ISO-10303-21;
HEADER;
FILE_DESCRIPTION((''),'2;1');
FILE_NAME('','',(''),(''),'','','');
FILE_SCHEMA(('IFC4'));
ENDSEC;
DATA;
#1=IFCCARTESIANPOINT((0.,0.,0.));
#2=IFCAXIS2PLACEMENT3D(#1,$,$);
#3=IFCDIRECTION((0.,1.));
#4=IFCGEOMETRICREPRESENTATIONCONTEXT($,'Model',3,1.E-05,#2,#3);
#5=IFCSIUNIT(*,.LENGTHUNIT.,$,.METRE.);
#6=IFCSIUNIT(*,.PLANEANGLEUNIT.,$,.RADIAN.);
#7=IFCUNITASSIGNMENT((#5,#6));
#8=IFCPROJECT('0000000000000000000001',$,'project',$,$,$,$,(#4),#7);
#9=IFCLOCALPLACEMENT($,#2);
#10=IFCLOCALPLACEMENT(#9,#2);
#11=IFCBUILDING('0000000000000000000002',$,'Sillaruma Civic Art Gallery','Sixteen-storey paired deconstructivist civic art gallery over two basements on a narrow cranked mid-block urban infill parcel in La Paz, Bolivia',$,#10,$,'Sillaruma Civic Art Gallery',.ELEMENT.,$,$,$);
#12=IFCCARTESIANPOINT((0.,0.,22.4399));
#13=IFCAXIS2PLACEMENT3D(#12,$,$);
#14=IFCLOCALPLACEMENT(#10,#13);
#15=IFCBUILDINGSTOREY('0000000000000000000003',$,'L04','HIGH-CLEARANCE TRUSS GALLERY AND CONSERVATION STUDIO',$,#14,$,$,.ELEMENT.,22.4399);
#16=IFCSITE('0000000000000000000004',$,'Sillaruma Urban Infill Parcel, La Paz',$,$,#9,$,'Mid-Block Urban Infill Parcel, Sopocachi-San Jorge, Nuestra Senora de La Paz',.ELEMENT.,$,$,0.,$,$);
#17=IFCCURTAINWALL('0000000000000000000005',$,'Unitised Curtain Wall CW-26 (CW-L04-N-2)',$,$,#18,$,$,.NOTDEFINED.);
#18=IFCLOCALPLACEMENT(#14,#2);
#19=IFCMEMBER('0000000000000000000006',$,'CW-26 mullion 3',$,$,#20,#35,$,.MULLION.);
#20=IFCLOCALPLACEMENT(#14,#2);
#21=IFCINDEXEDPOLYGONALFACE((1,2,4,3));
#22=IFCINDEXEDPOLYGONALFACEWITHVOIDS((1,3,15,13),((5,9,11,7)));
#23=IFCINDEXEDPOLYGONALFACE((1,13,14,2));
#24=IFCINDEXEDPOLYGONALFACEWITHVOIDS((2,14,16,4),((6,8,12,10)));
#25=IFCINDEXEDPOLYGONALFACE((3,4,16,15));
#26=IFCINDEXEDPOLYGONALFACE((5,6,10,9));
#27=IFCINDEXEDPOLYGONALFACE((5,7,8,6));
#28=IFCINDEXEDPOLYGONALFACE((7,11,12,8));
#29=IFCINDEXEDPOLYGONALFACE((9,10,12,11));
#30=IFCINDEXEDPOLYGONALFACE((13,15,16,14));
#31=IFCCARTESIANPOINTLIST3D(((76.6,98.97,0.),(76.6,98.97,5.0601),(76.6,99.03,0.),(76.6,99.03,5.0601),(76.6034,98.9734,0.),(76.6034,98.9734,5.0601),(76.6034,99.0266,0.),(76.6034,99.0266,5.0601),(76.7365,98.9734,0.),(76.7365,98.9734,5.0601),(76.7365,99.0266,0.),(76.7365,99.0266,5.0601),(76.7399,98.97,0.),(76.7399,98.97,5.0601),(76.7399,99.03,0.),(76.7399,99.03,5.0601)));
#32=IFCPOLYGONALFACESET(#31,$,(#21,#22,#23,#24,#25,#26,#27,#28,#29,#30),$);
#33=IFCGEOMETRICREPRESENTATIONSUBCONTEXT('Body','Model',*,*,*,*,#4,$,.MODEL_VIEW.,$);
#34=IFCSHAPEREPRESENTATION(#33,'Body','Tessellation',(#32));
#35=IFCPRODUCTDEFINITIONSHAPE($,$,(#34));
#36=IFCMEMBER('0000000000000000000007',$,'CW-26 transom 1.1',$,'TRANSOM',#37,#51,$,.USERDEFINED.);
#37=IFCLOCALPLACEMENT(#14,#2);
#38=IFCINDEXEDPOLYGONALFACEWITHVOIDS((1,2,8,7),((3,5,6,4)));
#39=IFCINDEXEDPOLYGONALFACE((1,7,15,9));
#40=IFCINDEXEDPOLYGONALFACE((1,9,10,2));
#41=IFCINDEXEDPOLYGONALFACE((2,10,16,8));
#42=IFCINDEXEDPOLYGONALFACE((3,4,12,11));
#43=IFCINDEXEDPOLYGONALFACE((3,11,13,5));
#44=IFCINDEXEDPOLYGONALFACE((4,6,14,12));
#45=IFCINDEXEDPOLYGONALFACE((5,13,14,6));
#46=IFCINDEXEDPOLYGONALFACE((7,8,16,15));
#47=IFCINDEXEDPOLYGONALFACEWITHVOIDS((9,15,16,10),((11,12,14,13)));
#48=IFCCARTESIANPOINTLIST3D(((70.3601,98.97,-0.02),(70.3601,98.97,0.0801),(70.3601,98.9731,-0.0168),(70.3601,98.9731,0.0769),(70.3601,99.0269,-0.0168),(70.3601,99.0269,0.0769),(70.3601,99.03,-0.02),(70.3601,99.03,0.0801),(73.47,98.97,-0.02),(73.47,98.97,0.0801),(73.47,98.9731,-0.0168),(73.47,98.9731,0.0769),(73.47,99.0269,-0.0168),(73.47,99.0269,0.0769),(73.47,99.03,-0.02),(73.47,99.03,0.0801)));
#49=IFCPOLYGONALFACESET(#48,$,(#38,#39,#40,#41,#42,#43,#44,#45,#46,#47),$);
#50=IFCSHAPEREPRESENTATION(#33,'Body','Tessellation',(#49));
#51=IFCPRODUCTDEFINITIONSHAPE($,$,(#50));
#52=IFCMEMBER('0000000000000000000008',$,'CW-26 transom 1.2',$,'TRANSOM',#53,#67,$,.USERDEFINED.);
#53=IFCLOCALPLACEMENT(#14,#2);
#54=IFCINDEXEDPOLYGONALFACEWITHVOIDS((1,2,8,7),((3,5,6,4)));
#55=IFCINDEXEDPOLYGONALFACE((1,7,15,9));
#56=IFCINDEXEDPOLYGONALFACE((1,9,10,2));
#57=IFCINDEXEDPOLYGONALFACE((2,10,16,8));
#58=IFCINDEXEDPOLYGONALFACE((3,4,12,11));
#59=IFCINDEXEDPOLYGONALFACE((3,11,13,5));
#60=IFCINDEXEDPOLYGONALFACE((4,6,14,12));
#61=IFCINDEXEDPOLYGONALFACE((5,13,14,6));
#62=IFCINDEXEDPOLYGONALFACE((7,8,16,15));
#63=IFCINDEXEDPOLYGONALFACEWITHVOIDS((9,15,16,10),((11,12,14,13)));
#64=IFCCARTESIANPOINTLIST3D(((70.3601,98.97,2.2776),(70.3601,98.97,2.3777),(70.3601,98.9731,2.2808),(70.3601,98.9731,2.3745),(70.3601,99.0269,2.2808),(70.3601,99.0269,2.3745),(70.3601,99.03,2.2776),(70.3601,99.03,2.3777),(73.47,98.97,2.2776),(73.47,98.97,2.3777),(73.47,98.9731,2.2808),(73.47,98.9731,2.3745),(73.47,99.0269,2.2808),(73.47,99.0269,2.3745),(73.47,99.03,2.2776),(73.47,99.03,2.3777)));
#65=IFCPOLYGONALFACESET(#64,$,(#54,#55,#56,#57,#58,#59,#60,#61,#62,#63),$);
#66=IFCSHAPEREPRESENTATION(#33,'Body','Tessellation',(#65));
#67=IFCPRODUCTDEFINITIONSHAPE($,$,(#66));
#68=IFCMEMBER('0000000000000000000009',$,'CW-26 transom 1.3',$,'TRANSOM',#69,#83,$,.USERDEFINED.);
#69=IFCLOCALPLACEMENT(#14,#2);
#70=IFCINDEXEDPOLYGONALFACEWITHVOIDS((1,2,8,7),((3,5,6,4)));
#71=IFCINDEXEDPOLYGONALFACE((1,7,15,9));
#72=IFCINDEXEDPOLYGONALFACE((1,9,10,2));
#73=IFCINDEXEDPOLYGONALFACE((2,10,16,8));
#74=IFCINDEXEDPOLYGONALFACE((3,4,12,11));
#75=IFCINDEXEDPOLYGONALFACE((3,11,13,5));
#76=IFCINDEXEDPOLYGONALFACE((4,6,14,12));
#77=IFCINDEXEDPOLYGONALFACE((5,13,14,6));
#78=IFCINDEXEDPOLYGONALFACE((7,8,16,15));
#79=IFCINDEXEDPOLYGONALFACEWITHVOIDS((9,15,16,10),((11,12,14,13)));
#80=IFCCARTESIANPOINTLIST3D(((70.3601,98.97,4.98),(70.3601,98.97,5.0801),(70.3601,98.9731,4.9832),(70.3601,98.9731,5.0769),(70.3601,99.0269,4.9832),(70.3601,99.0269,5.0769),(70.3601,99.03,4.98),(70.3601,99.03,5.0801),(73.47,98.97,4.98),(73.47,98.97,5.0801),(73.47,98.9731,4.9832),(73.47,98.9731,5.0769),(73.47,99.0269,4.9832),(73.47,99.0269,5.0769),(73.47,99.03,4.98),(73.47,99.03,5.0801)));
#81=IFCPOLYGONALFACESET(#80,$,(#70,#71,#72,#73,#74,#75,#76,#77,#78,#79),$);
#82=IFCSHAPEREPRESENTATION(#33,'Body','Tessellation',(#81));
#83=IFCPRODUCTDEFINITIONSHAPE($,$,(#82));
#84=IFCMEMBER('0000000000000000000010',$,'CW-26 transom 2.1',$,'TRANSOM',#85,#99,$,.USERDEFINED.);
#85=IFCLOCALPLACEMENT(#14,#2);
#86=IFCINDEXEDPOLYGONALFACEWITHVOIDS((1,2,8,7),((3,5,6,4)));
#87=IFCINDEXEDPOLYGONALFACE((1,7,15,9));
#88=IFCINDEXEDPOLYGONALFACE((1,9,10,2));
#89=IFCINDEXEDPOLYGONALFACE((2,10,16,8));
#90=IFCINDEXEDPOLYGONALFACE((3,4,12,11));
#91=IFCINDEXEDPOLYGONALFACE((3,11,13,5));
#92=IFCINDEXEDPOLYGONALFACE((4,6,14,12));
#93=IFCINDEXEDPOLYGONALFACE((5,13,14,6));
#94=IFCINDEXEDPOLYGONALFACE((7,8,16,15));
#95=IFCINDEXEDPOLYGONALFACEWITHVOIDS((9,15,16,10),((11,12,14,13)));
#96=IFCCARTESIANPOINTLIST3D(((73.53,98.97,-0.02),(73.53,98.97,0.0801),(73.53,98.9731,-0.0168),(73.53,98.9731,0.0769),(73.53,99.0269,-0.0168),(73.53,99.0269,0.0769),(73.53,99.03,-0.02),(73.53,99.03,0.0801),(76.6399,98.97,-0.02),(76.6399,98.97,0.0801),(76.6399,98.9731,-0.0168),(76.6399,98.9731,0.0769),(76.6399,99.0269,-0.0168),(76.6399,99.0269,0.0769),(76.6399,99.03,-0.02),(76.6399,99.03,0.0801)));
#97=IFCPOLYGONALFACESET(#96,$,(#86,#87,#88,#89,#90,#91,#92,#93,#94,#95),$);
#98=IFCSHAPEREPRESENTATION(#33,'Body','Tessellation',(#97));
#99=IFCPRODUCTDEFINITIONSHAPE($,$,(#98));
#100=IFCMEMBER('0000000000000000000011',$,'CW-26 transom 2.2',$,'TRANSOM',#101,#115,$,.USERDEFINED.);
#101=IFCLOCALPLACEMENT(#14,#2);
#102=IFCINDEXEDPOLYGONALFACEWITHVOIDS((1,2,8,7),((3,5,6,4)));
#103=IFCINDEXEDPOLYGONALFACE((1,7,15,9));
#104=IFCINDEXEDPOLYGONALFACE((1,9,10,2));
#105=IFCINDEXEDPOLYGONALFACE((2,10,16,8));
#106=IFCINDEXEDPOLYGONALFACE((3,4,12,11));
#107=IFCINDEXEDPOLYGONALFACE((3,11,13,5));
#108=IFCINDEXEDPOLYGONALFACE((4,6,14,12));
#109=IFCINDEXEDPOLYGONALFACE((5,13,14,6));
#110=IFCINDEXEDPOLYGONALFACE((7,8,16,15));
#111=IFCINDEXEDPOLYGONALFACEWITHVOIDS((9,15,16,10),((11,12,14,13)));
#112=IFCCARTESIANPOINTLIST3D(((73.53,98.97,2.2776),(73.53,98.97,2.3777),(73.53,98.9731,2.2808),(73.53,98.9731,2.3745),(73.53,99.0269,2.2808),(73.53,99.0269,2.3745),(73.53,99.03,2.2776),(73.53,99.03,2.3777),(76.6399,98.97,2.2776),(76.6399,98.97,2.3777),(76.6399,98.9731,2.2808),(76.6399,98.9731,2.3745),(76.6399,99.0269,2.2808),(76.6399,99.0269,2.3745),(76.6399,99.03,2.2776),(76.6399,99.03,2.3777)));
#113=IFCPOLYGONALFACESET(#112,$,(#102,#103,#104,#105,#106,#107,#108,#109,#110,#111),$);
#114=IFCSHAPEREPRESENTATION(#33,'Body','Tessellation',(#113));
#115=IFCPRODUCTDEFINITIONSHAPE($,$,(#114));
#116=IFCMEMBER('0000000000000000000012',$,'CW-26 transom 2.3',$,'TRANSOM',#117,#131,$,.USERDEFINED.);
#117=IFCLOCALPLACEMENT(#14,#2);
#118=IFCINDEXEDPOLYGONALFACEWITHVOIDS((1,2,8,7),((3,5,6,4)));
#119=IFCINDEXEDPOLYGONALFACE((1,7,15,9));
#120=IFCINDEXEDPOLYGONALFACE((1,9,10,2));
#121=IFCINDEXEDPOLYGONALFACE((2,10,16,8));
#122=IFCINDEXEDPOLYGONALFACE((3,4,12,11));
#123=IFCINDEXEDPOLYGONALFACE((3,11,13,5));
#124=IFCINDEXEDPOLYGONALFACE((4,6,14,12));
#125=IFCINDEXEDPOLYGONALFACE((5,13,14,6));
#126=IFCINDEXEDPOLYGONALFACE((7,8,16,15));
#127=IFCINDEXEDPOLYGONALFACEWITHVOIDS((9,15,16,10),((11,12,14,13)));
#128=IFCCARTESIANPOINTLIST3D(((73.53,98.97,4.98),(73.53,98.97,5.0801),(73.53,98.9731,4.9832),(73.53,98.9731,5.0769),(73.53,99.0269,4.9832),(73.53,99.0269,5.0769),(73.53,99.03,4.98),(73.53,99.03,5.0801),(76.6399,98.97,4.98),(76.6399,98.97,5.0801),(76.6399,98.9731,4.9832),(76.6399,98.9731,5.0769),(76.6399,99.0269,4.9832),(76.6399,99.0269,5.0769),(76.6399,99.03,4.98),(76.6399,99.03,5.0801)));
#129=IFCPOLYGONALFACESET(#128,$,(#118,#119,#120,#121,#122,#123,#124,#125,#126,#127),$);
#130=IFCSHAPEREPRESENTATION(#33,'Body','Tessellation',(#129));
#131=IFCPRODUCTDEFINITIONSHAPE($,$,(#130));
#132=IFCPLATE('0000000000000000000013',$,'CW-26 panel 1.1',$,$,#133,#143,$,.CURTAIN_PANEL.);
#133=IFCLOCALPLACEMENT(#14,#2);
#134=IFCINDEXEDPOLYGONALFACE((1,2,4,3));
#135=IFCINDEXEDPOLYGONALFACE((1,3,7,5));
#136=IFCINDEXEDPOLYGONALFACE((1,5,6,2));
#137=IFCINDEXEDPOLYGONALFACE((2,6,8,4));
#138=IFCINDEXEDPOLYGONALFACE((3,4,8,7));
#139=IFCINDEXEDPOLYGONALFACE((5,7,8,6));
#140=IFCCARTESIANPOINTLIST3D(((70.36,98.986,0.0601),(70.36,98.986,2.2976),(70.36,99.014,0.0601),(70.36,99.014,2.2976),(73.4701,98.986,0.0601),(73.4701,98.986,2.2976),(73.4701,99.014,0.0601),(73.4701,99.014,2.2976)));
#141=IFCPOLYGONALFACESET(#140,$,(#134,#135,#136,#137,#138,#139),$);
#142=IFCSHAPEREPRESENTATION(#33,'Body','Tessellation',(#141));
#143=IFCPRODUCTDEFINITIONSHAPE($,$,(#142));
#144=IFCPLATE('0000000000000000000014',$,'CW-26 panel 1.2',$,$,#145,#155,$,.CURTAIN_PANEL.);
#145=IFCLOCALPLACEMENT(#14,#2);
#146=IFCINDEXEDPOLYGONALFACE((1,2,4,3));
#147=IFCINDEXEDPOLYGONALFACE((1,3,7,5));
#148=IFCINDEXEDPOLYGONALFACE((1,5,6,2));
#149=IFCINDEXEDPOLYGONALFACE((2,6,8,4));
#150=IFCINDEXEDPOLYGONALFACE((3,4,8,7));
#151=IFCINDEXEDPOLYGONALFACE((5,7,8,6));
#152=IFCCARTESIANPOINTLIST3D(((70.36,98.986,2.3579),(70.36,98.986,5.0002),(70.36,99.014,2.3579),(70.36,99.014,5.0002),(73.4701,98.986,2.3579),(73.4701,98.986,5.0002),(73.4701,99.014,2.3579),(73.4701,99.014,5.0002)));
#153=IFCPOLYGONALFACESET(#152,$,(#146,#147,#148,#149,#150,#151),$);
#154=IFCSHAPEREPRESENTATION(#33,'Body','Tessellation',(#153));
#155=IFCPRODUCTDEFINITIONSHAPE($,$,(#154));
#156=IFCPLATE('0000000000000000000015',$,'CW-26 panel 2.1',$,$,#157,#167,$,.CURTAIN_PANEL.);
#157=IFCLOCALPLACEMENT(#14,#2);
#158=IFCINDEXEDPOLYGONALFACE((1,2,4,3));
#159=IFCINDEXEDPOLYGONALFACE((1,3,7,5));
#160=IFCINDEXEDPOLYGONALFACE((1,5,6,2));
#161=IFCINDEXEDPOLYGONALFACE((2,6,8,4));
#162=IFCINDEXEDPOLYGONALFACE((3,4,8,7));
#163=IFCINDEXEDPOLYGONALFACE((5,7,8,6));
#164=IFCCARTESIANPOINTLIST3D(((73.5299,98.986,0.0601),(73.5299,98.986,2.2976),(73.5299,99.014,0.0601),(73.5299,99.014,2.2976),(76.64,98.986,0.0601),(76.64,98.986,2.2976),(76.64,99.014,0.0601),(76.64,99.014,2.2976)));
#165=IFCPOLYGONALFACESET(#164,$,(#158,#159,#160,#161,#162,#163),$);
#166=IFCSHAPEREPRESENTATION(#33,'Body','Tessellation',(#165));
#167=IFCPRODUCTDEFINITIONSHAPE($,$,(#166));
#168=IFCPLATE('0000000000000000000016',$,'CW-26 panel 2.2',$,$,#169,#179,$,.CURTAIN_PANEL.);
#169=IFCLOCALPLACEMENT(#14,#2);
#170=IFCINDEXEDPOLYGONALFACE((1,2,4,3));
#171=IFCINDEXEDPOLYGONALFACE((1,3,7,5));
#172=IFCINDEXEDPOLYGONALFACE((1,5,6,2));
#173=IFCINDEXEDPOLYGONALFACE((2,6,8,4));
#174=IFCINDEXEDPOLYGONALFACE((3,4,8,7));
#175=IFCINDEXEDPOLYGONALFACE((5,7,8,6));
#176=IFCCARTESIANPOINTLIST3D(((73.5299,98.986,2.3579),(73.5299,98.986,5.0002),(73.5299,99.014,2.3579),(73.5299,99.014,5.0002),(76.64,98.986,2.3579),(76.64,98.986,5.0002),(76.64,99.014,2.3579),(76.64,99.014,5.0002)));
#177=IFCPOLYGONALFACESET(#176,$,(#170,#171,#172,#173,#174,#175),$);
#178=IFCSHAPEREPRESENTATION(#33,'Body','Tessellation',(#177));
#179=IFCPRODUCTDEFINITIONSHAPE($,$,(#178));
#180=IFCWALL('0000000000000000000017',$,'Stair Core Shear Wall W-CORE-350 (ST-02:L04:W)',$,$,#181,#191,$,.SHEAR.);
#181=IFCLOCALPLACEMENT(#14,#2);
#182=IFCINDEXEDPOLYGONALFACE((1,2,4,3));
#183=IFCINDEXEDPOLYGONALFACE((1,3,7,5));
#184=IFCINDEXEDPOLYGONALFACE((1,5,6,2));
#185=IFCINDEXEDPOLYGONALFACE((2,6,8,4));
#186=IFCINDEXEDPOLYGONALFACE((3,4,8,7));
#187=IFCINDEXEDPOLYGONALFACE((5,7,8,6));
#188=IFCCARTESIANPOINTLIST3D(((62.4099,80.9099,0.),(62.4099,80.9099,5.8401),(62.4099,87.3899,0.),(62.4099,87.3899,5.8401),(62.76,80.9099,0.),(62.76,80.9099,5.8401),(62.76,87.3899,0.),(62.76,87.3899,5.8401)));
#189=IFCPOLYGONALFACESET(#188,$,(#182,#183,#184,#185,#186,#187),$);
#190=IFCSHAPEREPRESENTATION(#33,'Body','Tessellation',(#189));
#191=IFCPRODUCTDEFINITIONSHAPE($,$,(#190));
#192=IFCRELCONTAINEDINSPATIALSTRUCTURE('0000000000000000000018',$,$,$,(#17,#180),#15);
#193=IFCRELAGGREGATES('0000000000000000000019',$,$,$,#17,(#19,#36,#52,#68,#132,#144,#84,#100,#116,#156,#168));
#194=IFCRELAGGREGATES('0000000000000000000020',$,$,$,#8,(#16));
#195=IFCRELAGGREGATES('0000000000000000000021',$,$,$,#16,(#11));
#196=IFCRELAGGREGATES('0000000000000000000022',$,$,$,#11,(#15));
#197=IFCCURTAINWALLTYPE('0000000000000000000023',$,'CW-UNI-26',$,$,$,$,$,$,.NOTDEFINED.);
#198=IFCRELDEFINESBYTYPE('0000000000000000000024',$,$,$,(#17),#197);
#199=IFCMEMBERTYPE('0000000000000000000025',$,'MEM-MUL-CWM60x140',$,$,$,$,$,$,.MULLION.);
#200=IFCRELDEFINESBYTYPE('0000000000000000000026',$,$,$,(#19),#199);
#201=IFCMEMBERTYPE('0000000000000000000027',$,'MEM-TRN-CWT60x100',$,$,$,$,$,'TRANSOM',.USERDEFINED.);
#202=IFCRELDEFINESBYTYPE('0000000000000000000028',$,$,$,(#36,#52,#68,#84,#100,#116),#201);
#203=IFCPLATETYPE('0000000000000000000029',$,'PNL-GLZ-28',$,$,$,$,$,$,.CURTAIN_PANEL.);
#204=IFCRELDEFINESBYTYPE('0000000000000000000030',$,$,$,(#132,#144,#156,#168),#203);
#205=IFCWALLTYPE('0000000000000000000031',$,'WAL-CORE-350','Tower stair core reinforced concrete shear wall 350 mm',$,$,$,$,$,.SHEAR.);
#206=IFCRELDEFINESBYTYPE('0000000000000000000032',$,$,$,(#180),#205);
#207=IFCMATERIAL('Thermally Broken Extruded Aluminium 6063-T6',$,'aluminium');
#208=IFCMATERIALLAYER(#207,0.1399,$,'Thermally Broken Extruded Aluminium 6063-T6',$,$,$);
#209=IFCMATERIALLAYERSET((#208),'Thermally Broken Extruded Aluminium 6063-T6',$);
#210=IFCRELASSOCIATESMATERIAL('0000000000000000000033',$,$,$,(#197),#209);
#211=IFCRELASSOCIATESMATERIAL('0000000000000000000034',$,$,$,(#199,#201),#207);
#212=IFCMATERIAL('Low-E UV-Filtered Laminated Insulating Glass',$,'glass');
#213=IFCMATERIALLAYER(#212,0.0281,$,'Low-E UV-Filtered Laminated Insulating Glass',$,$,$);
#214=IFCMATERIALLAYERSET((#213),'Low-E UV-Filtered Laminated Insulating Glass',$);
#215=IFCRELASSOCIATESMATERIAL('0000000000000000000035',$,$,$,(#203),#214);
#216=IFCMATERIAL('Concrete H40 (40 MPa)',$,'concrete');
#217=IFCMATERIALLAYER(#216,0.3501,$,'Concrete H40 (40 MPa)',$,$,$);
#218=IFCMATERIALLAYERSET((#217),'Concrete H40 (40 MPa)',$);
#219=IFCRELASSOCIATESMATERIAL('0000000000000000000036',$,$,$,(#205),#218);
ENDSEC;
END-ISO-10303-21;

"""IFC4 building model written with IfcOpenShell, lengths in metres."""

from ifc_helpers import new_model, si_unit, direction, frame, frame_2d, origin, origin_2d, place, context, subcontext, project, spatial, rectangle, hollow_rectangle, extrude, material, layer, layer_set, material_profile, profile_set, type_object, element, aggregate, save


model = new_model("IFC4")

# Units and contexts
model_context = context("Model", 3, precision=1e-05, world=origin(), true_north=direction((0.0, 1.0)))
body_context = subcontext(model_context, "Body", "Model", "MODEL_VIEW")
ifc_project = project(units=[si_unit("LENGTHUNIT", "METRE"), si_unit("PLANEANGLEUNIT", "RADIAN")], contexts=[model_context])

# Site, building, storey
site_placement = place(None, origin())
site = spatial("IfcSite", under=ifc_project, at=site_placement, Name="Sillaruma Urban Infill Parcel, La Paz", LongName="Mid-Block Urban Infill Parcel, Sopocachi-San Jorge, Nuestra Senora de La Paz", CompositionType="ELEMENT", RefElevation=0.0)
building_placement = place(site_placement, origin())
building = spatial("IfcBuilding", under=site, at=building_placement, Name="Sillaruma Civic Art Gallery", Description="Sixteen-storey paired deconstructivist civic art gallery over two basements on a narrow cranked mid-block urban infill parcel in La Paz, Bolivia", LongName="Sillaruma Civic Art Gallery", CompositionType="ELEMENT")
storey_placement = place(building_placement, frame((0.0, 0.0, 22.4399)))
storey = spatial("IfcBuildingStorey", under=building, at=storey_placement, Name="L04", Description="HIGH-CLEARANCE TRUSS GALLERY AND CONSERVATION STUDIO", CompositionType="ELEMENT", Elevation=22.4399)

# Shared definitions
ifc_material_1 = material(Name="Concrete H40 (40 MPa)", Category="concrete")

# Curtain wall, members, plates
ifc_material_2 = material(Name="Thermally Broken Extruded Aluminium 6063-T6", Category="aluminium")
ifc_layer_1 = layer(ifc_material_2, 0.1399, Name="Thermally Broken Extruded Aluminium 6063-T6")
ifc_layer_set_1 = layer_set([ifc_layer_1], Name="Thermally Broken Extruded Aluminium 6063-T6")
curtain_wall_type = type_object("IfcCurtainWallType", Name="CW-UNI-26", PredefinedType="NOTDEFINED", material=ifc_layer_set_1)
curtain_wall_placement = place(storey_placement, origin())
curtain_wall = element("IfcCurtainWall", 1, at=curtain_wall_placement, inside=storey, type_object=curtain_wall_type, Name="Unitised Curtain Wall CW-26 (CW-L04-N-2)", PredefinedType="NOTDEFINED")
ifc_material_profile_1 = material_profile(ifc_material_2, hollow_rectangle(XDim=0.0601, YDim=0.1399, WallThickness=0.0034, at=origin_2d()), Name="CWM60x140")
ifc_profile_set_1 = profile_set([ifc_material_profile_1], Name="Thermally Broken Extruded Aluminium 6063-T6")
member_type_1 = type_object("IfcMemberType", Name="MEM-MUL-CWM60x140", PredefinedType="MULLION", material=ifc_profile_set_1)
member_1_placement = place(storey_placement, frame((76.6699, 99.0, 0.0), z_axis=(0.0, 0.0, 1.0), x_axis=(0.0, 1.0, 0.0)))
member_1 = element("IfcMember", 2, at=member_1_placement, type_object=member_type_1, Name="CW-26 mullion 3", PredefinedType="MULLION", context=body_context, shape_type="SweptSolid", body=[
    extrude(hollow_rectangle(XDim=0.0601, YDim=0.1399, WallThickness=0.0034, at=origin_2d()), origin(), (0.0, 0.0, 1.0), 5.0601),
])
ifc_material_profile_2 = material_profile(ifc_material_2, hollow_rectangle(XDim=0.0601, YDim=0.1001, WallThickness=0.0032, at=origin_2d()), Name="CWT60x100")
ifc_profile_set_2 = profile_set([ifc_material_profile_2], Name="Thermally Broken Extruded Aluminium 6063-T6")
member_type_2 = type_object("IfcMemberType", Name="MEM-TRN-CWT60x100", ElementType="TRANSOM", PredefinedType="USERDEFINED", material=ifc_profile_set_2)
member_2_placement = place(storey_placement, frame((70.3601, 99.0, 0.03), z_axis=(1.0, 0.0, 0.0), x_axis=(0.0, 1.0, 0.0)))
member_2 = element("IfcMember", 3, at=member_2_placement, type_object=member_type_2, Name="CW-26 transom 1.1", ObjectType="TRANSOM", PredefinedType="USERDEFINED", context=body_context, shape_type="SweptSolid", body=[
    extrude(hollow_rectangle(XDim=0.0601, YDim=0.1001, WallThickness=0.0032, at=origin_2d()), origin(), (0.0, 0.0, 1.0), 3.1099),
])
member_3_placement = place(storey_placement, frame((70.3601, 99.0, 2.3276), z_axis=(1.0, 0.0, 0.0), x_axis=(0.0, 1.0, 0.0)))
member_3 = element("IfcMember", 4, at=member_3_placement, type_object=member_type_2, Name="CW-26 transom 1.2", ObjectType="TRANSOM", PredefinedType="USERDEFINED", context=body_context, shape_type="SweptSolid", body=[
    extrude(hollow_rectangle(XDim=0.0601, YDim=0.1001, WallThickness=0.0032, at=origin_2d()), origin(), (0.0, 0.0, 1.0), 3.1099),
])
member_4_placement = place(storey_placement, frame((70.3601, 99.0, 5.03), z_axis=(1.0, 0.0, 0.0), x_axis=(0.0, 1.0, 0.0)))
member_4 = element("IfcMember", 5, at=member_4_placement, type_object=member_type_2, Name="CW-26 transom 1.3", ObjectType="TRANSOM", PredefinedType="USERDEFINED", context=body_context, shape_type="SweptSolid", body=[
    extrude(hollow_rectangle(XDim=0.0601, YDim=0.1001, WallThickness=0.0032, at=origin_2d()), origin(), (0.0, 0.0, 1.0), 3.1099),
])
member_5_placement = place(storey_placement, frame((73.53, 99.0, 0.03), z_axis=(1.0, 0.0, 0.0), x_axis=(0.0, 1.0, 0.0)))
member_5 = element("IfcMember", 6, at=member_5_placement, type_object=member_type_2, Name="CW-26 transom 2.1", ObjectType="TRANSOM", PredefinedType="USERDEFINED", context=body_context, shape_type="SweptSolid", body=[
    extrude(hollow_rectangle(XDim=0.0601, YDim=0.1001, WallThickness=0.0032, at=origin_2d()), origin(), (0.0, 0.0, 1.0), 3.1099),
])
member_6_placement = place(storey_placement, frame((73.53, 99.0, 2.3276), z_axis=(1.0, 0.0, 0.0), x_axis=(0.0, 1.0, 0.0)))
member_6 = element("IfcMember", 7, at=member_6_placement, type_object=member_type_2, Name="CW-26 transom 2.2", ObjectType="TRANSOM", PredefinedType="USERDEFINED", context=body_context, shape_type="SweptSolid", body=[
    extrude(hollow_rectangle(XDim=0.0601, YDim=0.1001, WallThickness=0.0032, at=origin_2d()), origin(), (0.0, 0.0, 1.0), 3.1099),
])
member_7_placement = place(storey_placement, frame((73.53, 99.0, 5.03), z_axis=(1.0, 0.0, 0.0), x_axis=(0.0, 1.0, 0.0)))
member_7 = element("IfcMember", 8, at=member_7_placement, type_object=member_type_2, Name="CW-26 transom 2.3", ObjectType="TRANSOM", PredefinedType="USERDEFINED", context=body_context, shape_type="SweptSolid", body=[
    extrude(hollow_rectangle(XDim=0.0601, YDim=0.1001, WallThickness=0.0032, at=origin_2d()), origin(), (0.0, 0.0, 1.0), 3.1099),
])
ifc_material_3 = material(Name="Low-E UV-Filtered Laminated Insulating Glass", Category="glass")
ifc_layer_2 = layer(ifc_material_3, 0.0281, Name="Low-E UV-Filtered Laminated Insulating Glass")
ifc_layer_set_2 = layer_set([ifc_layer_2], Name="Low-E UV-Filtered Laminated Insulating Glass")
plate_type = type_object("IfcPlateType", Name="PNL-GLZ-28", PredefinedType="CURTAIN_PANEL", material=ifc_layer_set_2)
plate_1_placement = place(storey_placement, frame((71.915, 99.0, 0.0601), z_axis=(0.0, 0.0, 1.0), x_axis=(1.0, 0.0, 0.0)))
plate_1 = element("IfcPlate", 9, at=plate_1_placement, type_object=plate_type, Name="CW-26 panel 1.1", PredefinedType="CURTAIN_PANEL", context=body_context, shape_type="SweptSolid", body=[
    extrude(rectangle(XDim=3.1101, YDim=0.0281, at=origin_2d()), origin(), (0.0, 0.0, 1.0), 2.2375),
])
plate_2_placement = place(storey_placement, frame((71.915, 99.0, 2.3579), z_axis=(0.0, 0.0, 1.0), x_axis=(1.0, 0.0, 0.0)))
plate_2 = element("IfcPlate", 10, at=plate_2_placement, type_object=plate_type, Name="CW-26 panel 1.2", PredefinedType="CURTAIN_PANEL", context=body_context, shape_type="SweptSolid", body=[
    extrude(rectangle(XDim=3.1101, YDim=0.0281, at=origin_2d()), origin(), (0.0, 0.0, 1.0), 2.6423),
])
plate_3_placement = place(storey_placement, frame((75.085, 99.0, 0.0601), z_axis=(0.0, 0.0, 1.0), x_axis=(1.0, 0.0, 0.0)))
plate_3 = element("IfcPlate", 11, at=plate_3_placement, type_object=plate_type, Name="CW-26 panel 2.1", PredefinedType="CURTAIN_PANEL", context=body_context, shape_type="SweptSolid", body=[
    extrude(rectangle(XDim=3.1101, YDim=0.0281, at=origin_2d()), origin(), (0.0, 0.0, 1.0), 2.2375),
])
plate_4_placement = place(storey_placement, frame((75.085, 99.0, 2.3579), z_axis=(0.0, 0.0, 1.0), x_axis=(1.0, 0.0, 0.0)))
plate_4 = element("IfcPlate", 12, at=plate_4_placement, type_object=plate_type, Name="CW-26 panel 2.2", PredefinedType="CURTAIN_PANEL", context=body_context, shape_type="SweptSolid", body=[
    extrude(rectangle(XDim=3.1101, YDim=0.0281, at=origin_2d()), origin(), (0.0, 0.0, 1.0), 2.6423),
])
aggregate(curtain_wall, [member_1, member_2, member_3, member_4, plate_1, plate_2, member_5, member_6, member_7, plate_3, plate_4])

# Wall
ifc_layer_3 = layer(ifc_material_1, 0.3501, Name="Concrete H40 (40 MPa)")
ifc_layer_set_3 = layer_set([ifc_layer_3], Name="Concrete H40 (40 MPa)")
wall_type_1 = type_object("IfcWallType", Name="WAL-CORE-350", Description="Tower stair core reinforced concrete shear wall 350 mm", PredefinedType="SHEAR", material=ifc_layer_set_3)
for number, where, z_axis, x_axis, name in (
    (13, (62.585, 80.9099, 0.0), (0.0, 0.0, 1.0), (0.0, 1.0, 0.0), "Stair Core Shear Wall W-CORE-350 (ST-02:L04:W)"),
):
    element("IfcWall", number, at=place(storey_placement, frame(where, z_axis=z_axis, x_axis=x_axis)), inside=storey, type_object=wall_type_1, Name=name, PredefinedType="SHEAR", context=body_context, shape_type="SweptSolid", body=[
        extrude(rectangle(XDim=6.48, YDim=0.3501, at=frame_2d((3.24, 0.0))), origin(), (0.0, 0.0, 1.0), 5.8401),
    ])

save(model, "model.ifc")
